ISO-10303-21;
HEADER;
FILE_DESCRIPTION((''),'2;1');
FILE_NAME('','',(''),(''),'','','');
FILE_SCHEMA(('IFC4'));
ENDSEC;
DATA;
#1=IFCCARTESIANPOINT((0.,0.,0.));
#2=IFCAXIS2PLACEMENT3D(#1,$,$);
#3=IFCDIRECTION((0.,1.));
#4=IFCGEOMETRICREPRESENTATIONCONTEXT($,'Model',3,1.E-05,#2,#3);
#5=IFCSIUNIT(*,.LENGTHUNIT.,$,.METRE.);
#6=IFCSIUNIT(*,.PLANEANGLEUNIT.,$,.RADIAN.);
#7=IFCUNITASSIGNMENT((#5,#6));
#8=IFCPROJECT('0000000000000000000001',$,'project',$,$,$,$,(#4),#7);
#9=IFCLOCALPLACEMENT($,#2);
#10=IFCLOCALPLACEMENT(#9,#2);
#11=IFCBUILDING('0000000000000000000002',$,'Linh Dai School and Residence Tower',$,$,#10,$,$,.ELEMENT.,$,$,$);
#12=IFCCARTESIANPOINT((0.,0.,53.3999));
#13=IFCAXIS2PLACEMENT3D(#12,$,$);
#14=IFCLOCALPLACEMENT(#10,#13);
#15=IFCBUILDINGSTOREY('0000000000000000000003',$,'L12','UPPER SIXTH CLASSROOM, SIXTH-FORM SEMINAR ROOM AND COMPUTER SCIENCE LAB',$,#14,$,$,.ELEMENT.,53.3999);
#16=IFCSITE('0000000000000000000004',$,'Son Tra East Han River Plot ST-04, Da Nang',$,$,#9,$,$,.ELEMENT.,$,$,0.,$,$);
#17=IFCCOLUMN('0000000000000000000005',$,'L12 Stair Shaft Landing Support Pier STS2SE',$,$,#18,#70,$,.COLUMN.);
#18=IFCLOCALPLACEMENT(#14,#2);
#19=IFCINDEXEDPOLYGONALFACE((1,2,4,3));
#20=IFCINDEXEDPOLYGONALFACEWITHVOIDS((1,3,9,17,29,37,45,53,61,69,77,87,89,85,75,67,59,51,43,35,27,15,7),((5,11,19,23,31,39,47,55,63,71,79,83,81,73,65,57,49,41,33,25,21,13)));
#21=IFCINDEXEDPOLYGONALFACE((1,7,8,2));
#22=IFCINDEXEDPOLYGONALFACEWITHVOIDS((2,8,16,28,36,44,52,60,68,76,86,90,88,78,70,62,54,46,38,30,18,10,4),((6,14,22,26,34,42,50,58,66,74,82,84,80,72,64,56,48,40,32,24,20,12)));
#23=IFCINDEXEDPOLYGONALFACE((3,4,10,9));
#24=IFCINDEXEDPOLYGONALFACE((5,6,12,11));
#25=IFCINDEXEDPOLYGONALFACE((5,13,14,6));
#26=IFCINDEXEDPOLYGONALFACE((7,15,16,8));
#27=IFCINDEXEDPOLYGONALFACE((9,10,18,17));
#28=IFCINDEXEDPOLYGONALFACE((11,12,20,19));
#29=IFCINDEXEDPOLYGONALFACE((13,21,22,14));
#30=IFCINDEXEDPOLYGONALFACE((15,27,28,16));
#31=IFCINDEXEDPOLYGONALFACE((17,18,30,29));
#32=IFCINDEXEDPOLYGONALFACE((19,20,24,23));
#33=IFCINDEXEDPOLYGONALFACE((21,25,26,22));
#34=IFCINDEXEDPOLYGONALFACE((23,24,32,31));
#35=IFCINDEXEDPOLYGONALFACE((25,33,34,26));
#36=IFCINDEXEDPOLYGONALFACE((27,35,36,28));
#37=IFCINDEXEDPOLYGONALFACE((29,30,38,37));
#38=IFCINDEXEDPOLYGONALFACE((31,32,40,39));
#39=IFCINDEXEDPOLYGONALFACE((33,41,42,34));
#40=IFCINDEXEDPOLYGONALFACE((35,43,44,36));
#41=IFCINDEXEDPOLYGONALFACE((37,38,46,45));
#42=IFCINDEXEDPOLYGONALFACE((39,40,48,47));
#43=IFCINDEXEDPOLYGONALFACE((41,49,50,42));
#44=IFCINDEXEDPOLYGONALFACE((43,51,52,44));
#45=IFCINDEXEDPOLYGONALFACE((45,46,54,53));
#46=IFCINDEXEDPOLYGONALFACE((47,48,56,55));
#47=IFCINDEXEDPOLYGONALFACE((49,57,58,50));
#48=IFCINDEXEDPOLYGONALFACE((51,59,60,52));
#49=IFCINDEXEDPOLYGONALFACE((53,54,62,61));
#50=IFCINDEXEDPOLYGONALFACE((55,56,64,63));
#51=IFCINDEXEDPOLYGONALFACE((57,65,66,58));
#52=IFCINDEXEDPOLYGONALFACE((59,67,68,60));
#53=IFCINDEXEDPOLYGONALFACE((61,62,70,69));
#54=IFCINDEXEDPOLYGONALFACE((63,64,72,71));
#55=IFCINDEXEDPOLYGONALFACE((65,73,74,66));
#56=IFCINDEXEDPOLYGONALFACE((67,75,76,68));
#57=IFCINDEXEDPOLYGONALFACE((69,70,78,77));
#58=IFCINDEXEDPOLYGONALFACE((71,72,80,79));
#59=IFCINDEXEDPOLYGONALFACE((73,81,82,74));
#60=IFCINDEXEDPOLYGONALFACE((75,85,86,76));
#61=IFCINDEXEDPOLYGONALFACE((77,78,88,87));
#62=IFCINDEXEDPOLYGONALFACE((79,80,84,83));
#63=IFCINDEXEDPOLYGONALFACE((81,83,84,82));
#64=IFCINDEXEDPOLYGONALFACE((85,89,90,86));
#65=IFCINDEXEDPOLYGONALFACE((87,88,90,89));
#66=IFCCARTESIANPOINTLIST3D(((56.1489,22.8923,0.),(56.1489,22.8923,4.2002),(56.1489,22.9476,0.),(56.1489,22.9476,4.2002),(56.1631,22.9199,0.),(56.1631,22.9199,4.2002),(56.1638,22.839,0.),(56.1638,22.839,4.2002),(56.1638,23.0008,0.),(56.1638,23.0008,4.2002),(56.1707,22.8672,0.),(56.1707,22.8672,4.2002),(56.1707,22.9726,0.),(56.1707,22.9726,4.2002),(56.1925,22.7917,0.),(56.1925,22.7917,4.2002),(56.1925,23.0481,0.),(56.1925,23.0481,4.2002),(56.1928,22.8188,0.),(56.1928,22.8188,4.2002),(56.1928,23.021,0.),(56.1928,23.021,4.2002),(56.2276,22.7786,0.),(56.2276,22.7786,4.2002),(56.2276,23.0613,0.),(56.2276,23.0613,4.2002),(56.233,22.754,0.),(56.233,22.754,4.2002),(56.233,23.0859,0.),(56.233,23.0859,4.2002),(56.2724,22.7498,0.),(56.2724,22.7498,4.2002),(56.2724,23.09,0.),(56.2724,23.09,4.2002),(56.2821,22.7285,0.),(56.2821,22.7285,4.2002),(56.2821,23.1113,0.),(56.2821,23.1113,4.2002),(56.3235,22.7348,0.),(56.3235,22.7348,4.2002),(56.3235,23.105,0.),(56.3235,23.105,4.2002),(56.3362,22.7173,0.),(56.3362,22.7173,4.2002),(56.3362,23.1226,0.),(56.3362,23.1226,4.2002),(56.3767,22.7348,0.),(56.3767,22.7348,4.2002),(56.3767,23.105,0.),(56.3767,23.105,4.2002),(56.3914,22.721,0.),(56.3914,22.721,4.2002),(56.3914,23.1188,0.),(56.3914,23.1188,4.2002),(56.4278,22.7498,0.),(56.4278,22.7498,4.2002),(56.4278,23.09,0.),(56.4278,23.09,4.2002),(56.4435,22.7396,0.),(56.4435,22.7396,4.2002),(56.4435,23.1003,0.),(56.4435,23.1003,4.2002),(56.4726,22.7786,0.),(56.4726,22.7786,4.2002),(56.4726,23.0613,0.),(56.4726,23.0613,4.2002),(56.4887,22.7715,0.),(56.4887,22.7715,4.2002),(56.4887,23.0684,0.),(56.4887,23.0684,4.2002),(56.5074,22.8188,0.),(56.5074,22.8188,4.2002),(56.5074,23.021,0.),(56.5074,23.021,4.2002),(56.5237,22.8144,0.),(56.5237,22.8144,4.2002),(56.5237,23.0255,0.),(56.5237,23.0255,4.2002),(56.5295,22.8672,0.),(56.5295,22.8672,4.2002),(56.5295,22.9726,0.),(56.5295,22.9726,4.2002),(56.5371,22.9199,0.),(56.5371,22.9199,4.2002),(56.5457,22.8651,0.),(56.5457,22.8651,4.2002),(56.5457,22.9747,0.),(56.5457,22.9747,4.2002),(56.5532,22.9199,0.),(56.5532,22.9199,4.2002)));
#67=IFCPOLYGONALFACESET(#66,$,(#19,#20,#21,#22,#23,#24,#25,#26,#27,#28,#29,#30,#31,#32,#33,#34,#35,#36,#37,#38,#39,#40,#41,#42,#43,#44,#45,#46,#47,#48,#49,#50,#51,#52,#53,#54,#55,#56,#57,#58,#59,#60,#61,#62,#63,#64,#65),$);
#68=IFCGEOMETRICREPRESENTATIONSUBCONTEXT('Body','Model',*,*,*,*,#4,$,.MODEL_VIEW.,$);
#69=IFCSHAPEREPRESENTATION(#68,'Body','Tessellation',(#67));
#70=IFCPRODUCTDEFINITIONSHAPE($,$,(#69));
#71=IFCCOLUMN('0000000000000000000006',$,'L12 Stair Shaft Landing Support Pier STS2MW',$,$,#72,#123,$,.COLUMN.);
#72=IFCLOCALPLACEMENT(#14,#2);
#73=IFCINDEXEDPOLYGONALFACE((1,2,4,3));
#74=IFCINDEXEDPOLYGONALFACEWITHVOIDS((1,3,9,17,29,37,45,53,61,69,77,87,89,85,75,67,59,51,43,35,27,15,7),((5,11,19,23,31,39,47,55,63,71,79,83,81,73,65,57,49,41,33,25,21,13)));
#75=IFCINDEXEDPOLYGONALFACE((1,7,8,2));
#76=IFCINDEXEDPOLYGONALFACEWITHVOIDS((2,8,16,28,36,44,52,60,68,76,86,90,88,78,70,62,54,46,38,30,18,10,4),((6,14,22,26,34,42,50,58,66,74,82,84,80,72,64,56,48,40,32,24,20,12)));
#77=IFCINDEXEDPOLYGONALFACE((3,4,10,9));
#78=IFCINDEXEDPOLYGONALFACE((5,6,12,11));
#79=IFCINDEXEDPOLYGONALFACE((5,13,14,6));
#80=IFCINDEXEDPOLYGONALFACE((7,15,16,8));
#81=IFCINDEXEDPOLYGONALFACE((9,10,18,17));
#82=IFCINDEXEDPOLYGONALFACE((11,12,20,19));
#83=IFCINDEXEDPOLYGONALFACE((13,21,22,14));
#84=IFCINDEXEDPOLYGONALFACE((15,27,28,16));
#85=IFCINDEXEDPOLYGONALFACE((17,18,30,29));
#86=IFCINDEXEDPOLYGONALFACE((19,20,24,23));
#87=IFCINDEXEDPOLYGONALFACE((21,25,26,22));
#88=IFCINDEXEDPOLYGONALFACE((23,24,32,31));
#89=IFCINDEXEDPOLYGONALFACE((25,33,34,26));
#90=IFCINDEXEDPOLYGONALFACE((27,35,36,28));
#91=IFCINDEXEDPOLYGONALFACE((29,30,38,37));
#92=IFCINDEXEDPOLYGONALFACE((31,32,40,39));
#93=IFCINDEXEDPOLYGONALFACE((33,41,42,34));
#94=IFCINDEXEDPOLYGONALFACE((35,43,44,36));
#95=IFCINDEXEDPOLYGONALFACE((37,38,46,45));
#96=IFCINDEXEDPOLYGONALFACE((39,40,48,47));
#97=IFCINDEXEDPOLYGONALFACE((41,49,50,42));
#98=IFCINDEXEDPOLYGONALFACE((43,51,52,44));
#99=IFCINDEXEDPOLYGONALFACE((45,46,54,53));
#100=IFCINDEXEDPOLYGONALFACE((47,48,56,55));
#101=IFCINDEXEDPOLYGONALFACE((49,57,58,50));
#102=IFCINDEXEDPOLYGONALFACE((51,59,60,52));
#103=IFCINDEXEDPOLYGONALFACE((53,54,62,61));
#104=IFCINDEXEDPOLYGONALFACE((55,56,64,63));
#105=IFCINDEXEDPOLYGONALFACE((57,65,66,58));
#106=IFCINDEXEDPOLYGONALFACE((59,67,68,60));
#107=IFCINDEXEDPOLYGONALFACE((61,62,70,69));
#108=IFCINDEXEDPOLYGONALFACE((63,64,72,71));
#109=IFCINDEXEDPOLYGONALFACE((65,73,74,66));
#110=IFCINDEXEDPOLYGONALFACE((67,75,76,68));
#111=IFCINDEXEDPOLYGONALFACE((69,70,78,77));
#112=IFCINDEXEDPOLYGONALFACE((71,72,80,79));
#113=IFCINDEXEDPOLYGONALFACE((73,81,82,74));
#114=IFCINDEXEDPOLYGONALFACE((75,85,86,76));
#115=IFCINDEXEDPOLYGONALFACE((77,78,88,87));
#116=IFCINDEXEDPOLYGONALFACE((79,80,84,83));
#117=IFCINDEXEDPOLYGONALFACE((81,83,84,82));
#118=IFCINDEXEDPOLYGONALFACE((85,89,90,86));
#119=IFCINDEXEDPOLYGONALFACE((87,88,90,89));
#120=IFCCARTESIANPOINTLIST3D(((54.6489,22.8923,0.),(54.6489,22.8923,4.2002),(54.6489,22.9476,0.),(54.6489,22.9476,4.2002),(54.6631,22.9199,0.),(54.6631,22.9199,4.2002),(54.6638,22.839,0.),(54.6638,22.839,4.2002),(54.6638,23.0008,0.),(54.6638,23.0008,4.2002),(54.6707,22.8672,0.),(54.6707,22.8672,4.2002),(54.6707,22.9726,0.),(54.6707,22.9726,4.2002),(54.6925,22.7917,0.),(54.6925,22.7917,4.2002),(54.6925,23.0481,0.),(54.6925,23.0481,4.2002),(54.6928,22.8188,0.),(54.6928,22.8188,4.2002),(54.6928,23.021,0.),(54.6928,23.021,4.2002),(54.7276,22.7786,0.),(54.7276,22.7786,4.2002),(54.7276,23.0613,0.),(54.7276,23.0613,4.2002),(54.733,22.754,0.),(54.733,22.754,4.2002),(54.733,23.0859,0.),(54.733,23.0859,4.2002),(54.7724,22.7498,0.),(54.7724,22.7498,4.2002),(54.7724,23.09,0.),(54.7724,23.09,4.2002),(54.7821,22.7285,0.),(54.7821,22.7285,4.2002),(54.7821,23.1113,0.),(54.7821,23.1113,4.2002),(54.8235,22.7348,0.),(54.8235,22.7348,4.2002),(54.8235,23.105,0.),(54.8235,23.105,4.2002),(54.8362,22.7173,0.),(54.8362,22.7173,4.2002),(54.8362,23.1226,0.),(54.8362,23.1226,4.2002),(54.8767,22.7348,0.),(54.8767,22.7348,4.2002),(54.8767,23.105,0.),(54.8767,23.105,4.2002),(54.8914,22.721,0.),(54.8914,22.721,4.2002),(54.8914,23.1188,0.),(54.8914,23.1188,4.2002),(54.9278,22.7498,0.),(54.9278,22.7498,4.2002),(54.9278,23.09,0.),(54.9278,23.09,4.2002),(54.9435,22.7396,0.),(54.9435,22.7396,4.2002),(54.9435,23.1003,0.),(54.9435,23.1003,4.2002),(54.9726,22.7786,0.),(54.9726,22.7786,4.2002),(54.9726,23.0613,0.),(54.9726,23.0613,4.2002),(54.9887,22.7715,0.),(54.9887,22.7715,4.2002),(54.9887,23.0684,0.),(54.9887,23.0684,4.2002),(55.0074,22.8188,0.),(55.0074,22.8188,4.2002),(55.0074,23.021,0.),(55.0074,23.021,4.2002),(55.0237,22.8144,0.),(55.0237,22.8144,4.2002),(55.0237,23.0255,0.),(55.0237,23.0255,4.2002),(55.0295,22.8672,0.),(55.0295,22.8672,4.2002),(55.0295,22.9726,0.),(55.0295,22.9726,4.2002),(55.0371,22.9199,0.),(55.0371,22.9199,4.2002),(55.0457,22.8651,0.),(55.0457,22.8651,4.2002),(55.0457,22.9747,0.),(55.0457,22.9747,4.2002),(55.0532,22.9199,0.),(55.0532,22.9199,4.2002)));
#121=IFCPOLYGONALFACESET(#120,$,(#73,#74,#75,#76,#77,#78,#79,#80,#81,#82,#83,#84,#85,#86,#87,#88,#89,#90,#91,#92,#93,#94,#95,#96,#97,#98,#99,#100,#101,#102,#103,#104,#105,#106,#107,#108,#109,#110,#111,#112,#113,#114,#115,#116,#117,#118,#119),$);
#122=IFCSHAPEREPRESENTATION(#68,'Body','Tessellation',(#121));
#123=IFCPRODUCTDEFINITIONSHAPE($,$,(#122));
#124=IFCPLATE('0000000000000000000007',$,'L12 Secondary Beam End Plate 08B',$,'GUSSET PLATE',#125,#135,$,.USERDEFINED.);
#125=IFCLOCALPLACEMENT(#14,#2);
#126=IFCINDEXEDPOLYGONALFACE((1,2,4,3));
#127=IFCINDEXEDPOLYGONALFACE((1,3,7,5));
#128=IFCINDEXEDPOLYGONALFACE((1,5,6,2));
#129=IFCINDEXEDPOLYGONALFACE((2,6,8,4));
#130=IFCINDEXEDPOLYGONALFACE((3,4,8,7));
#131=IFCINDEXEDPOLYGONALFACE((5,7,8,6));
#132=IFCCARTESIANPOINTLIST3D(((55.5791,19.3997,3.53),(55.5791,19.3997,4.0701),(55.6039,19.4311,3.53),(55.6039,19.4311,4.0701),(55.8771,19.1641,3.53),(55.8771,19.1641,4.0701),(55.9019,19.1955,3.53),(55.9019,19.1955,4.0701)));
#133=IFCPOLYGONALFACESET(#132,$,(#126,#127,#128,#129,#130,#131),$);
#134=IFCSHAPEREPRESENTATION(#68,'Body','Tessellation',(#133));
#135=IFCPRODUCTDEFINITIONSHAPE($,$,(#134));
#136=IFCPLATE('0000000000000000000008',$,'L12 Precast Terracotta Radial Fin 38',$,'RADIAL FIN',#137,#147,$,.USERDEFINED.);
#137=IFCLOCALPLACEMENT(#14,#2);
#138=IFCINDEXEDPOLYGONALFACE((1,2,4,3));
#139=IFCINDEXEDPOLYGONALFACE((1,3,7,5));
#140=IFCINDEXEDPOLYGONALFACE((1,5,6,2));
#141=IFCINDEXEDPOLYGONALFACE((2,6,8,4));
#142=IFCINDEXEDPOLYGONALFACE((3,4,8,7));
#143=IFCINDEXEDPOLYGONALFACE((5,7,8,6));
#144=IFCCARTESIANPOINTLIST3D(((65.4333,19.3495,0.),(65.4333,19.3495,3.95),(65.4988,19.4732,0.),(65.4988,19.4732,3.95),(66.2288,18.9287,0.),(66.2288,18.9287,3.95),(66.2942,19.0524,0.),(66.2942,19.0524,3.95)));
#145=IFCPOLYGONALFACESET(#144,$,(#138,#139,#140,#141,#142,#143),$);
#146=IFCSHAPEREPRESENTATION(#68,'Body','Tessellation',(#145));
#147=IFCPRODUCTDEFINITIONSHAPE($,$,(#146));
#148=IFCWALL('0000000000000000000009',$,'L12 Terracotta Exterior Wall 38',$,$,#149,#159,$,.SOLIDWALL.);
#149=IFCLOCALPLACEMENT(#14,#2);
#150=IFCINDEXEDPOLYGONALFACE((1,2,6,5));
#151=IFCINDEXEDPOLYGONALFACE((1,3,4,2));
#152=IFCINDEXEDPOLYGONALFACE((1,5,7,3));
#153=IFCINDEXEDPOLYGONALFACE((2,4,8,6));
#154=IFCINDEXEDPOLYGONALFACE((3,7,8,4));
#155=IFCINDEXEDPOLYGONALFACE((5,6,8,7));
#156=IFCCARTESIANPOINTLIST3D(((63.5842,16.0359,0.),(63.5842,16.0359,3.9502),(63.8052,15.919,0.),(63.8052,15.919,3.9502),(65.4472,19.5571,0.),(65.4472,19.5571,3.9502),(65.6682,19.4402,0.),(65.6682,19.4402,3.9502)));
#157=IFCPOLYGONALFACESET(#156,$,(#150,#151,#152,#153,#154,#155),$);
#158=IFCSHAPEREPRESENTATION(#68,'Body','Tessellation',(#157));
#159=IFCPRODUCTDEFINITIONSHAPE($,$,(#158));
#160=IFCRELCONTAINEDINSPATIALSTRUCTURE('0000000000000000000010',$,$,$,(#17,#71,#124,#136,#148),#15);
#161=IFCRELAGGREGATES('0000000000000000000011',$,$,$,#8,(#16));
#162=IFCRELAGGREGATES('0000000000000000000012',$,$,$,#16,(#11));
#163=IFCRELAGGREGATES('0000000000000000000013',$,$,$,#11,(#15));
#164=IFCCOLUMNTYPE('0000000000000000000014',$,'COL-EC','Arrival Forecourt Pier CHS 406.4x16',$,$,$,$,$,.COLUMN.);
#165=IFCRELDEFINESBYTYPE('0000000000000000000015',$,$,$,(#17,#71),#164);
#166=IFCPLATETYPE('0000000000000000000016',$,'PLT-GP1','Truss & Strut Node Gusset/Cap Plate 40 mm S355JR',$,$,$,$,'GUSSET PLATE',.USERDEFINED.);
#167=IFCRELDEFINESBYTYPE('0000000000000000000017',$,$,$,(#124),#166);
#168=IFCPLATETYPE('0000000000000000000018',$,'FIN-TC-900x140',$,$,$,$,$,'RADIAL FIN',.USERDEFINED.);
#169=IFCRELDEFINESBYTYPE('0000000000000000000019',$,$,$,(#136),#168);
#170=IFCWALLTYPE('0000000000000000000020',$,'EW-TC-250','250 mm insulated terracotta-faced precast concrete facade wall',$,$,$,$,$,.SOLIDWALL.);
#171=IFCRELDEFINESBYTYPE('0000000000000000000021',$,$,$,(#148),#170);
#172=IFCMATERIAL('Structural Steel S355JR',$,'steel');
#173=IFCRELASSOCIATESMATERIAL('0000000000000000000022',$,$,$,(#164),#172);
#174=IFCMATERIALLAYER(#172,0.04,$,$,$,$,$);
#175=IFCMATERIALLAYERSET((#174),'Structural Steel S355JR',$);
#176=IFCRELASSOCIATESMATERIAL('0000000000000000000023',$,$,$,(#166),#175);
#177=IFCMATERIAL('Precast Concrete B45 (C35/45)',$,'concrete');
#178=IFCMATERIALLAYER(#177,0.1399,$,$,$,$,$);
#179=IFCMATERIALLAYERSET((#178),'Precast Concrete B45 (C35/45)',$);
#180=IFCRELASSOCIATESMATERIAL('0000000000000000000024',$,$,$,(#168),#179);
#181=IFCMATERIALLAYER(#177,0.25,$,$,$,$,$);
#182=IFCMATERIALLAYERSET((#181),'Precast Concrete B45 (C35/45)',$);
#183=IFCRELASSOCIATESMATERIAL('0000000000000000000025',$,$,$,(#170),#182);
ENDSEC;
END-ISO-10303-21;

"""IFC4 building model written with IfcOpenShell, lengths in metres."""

from ifc_helpers import new_model, si_unit, direction, frame, frame_2d, origin, origin_2d, place, context, subcontext, project, spatial, rectangle, hollow_circle, extrude, source, transform, mapped, material, layer, layer_set, material_profile, profile_set, type_object, element, save


model = new_model("IFC4")

# Units and contexts
model_context = context("Model", 3, precision=1e-05, world=origin(), true_north=direction((0.0, 1.0)))
body_context = subcontext(model_context, "Body", "Model", "MODEL_VIEW")
ifc_project = project(units=[si_unit("LENGTHUNIT", "METRE"), si_unit("PLANEANGLEUNIT", "RADIAN")], contexts=[model_context])

# Site, building, storey
site_placement = place(None, origin())
site = spatial("IfcSite", under=ifc_project, at=site_placement, Name="Son Tra East Han River Plot ST-04, Da Nang", CompositionType="ELEMENT", RefElevation=0.0)
building_placement = place(site_placement, origin())
building = spatial("IfcBuilding", under=site, at=building_placement, Name="Linh Dai School and Residence Tower", CompositionType="ELEMENT")
storey_placement = place(building_placement, frame((0.0, 0.0, 53.3999)))
storey = spatial("IfcBuildingStorey", under=building, at=storey_placement, Name="L12", Description="UPPER SIXTH CLASSROOM, SIXTH-FORM SEMINAR ROOM AND COMPUTER SCIENCE LAB", CompositionType="ELEMENT", Elevation=53.3999)

# Columns
ifc_material_1 = material(Name="Structural Steel S355JR", Category="steel")
ifc_material_profile = material_profile(ifc_material_1, hollow_circle(Radius=0.2031, WallThickness=0.0161, at=origin_2d()), Name="CHS 406.4x16")
ifc_profile_set = profile_set([ifc_material_profile], Name="Structural Steel S355JR")
column_type = type_object("IfcColumnType", Name="COL-EC", Description="Arrival Forecourt Pier CHS 406.4x16", PredefinedType="COLUMN", material=ifc_profile_set)
for number, where, z_axis, x_axis, name in (
    (1, (56.3501, 22.9199, 0.0), (0.0, 0.0, 1.0), (1.0, 0.0, 0.0), "L12 Stair Shaft Landing Support Pier STS2SE"),
    (2, (54.8501, 22.9199, 0.0), (0.0, 0.0, 1.0), (1.0, 0.0, 0.0), "L12 Stair Shaft Landing Support Pier STS2MW"),
):
    element("IfcColumn", number, at=place(storey_placement, frame(where, z_axis=z_axis, x_axis=x_axis)), inside=storey, type_object=column_type, Name=name, PredefinedType="COLUMN", context=body_context, shape_type="SweptSolid", body=[
        extrude(hollow_circle(Radius=0.2031, WallThickness=0.0161, at=origin_2d()), origin(), (0.0, 0.0, 1.0), 4.2002),
    ])

# Plates
ifc_layer_1 = layer(ifc_material_1, 0.04)
ifc_layer_set_1 = layer_set([ifc_layer_1], Name="Structural Steel S355JR")
plate_type_1 = type_object("IfcPlateType", Name="PLT-GP1", Description="Truss & Strut Node Gusset/Cap Plate 40 mm S355JR", ElementType="GUSSET PLATE", PredefinedType="USERDEFINED", material=ifc_layer_set_1)
shared_shape_1 = source(origin(), body_context, "Body", "SweptSolid", [
    extrude(rectangle(XDim=0.04, YDim=0.3799, at=origin_2d()), origin(), (0.0, 0.0, 1.0), 0.54),
])
plate_1_placement = place(storey_placement, frame((55.7405, 19.2976, 3.53), z_axis=(0.0, 0.0, 1.0), x_axis=(0.620178, 0.784461, 0.0)))
element("IfcPlate", 3, at=plate_1_placement, inside=storey, type_object=plate_type_1, Name="L12 Secondary Beam End Plate 08B", ObjectType="GUSSET PLATE", PredefinedType="USERDEFINED", context=body_context, shape_type="MappedRepresentation", body=[
    mapped(shared_shape_1, transform((0.0, 0.0, 0.0), x_axis=(1.0, 0.0, 0.0), y_axis=(0.0, 1.0, 0.0), z_axis=(0.0, 0.0, 1.0), scale=1.0)),
])
ifc_material_2 = material(Name="Precast Concrete B45 (C35/45)", Category="concrete")
ifc_layer_2 = layer(ifc_material_2, 0.1399)
ifc_layer_set_2 = layer_set([ifc_layer_2], Name="Precast Concrete B45 (C35/45)")
plate_type_2 = type_object("IfcPlateType", Name="FIN-TC-900x140", ElementType="RADIAL FIN", PredefinedType="USERDEFINED", material=ifc_layer_set_2)
shared_shape_2 = source(origin(), body_context, "Body", "SweptSolid", [
    extrude(rectangle(XDim=0.8999, YDim=0.1399, at=origin_2d()), origin(), (0.0, 0.0, 1.0), 3.95),
])
plate_2_placement = place(storey_placement, frame((65.8638, 19.2009, 0.0), z_axis=(0.0, 0.0, 1.0), x_axis=(0.883934, -0.467612, 0.0)))
element("IfcPlate", 4, at=plate_2_placement, inside=storey, type_object=plate_type_2, Name="L12 Precast Terracotta Radial Fin 38", ObjectType="RADIAL FIN", PredefinedType="USERDEFINED", context=body_context, shape_type="MappedRepresentation", body=[
    mapped(shared_shape_2, transform((0.0, 0.0, 0.0), x_axis=(1.0, 0.0, 0.0), y_axis=(0.0, 1.0, 0.0), z_axis=(0.0, 0.0, 1.0), scale=1.0)),
])

# Wall
ifc_layer_3 = layer(ifc_material_2, 0.25)
ifc_layer_set_3 = layer_set([ifc_layer_3], Name="Precast Concrete B45 (C35/45)")
wall_type_1 = type_object("IfcWallType", Name="EW-TC-250", Description="250 mm insulated terracotta-faced precast concrete facade wall", PredefinedType="SOLIDWALL", material=ifc_layer_set_3)
wall_1_placement = place(storey_placement, frame((65.5576, 19.4985, 0.0), z_axis=(0.0, 0.0, 1.0), x_axis=(-0.467662, -0.883907, 0.0)))
element("IfcWall", 5, at=wall_1_placement, inside=storey, type_object=wall_type_1, Name="L12 Terracotta Exterior Wall 38", PredefinedType="SOLIDWALL", context=body_context, shape_type="SweptSolid", body=[
    extrude(rectangle(XDim=3.9836, YDim=0.25, at=frame_2d((1.9917, 0.0))), origin(), (0.0, 0.0, 1.0), 3.9502),
])

save(model, "model.ifc")
